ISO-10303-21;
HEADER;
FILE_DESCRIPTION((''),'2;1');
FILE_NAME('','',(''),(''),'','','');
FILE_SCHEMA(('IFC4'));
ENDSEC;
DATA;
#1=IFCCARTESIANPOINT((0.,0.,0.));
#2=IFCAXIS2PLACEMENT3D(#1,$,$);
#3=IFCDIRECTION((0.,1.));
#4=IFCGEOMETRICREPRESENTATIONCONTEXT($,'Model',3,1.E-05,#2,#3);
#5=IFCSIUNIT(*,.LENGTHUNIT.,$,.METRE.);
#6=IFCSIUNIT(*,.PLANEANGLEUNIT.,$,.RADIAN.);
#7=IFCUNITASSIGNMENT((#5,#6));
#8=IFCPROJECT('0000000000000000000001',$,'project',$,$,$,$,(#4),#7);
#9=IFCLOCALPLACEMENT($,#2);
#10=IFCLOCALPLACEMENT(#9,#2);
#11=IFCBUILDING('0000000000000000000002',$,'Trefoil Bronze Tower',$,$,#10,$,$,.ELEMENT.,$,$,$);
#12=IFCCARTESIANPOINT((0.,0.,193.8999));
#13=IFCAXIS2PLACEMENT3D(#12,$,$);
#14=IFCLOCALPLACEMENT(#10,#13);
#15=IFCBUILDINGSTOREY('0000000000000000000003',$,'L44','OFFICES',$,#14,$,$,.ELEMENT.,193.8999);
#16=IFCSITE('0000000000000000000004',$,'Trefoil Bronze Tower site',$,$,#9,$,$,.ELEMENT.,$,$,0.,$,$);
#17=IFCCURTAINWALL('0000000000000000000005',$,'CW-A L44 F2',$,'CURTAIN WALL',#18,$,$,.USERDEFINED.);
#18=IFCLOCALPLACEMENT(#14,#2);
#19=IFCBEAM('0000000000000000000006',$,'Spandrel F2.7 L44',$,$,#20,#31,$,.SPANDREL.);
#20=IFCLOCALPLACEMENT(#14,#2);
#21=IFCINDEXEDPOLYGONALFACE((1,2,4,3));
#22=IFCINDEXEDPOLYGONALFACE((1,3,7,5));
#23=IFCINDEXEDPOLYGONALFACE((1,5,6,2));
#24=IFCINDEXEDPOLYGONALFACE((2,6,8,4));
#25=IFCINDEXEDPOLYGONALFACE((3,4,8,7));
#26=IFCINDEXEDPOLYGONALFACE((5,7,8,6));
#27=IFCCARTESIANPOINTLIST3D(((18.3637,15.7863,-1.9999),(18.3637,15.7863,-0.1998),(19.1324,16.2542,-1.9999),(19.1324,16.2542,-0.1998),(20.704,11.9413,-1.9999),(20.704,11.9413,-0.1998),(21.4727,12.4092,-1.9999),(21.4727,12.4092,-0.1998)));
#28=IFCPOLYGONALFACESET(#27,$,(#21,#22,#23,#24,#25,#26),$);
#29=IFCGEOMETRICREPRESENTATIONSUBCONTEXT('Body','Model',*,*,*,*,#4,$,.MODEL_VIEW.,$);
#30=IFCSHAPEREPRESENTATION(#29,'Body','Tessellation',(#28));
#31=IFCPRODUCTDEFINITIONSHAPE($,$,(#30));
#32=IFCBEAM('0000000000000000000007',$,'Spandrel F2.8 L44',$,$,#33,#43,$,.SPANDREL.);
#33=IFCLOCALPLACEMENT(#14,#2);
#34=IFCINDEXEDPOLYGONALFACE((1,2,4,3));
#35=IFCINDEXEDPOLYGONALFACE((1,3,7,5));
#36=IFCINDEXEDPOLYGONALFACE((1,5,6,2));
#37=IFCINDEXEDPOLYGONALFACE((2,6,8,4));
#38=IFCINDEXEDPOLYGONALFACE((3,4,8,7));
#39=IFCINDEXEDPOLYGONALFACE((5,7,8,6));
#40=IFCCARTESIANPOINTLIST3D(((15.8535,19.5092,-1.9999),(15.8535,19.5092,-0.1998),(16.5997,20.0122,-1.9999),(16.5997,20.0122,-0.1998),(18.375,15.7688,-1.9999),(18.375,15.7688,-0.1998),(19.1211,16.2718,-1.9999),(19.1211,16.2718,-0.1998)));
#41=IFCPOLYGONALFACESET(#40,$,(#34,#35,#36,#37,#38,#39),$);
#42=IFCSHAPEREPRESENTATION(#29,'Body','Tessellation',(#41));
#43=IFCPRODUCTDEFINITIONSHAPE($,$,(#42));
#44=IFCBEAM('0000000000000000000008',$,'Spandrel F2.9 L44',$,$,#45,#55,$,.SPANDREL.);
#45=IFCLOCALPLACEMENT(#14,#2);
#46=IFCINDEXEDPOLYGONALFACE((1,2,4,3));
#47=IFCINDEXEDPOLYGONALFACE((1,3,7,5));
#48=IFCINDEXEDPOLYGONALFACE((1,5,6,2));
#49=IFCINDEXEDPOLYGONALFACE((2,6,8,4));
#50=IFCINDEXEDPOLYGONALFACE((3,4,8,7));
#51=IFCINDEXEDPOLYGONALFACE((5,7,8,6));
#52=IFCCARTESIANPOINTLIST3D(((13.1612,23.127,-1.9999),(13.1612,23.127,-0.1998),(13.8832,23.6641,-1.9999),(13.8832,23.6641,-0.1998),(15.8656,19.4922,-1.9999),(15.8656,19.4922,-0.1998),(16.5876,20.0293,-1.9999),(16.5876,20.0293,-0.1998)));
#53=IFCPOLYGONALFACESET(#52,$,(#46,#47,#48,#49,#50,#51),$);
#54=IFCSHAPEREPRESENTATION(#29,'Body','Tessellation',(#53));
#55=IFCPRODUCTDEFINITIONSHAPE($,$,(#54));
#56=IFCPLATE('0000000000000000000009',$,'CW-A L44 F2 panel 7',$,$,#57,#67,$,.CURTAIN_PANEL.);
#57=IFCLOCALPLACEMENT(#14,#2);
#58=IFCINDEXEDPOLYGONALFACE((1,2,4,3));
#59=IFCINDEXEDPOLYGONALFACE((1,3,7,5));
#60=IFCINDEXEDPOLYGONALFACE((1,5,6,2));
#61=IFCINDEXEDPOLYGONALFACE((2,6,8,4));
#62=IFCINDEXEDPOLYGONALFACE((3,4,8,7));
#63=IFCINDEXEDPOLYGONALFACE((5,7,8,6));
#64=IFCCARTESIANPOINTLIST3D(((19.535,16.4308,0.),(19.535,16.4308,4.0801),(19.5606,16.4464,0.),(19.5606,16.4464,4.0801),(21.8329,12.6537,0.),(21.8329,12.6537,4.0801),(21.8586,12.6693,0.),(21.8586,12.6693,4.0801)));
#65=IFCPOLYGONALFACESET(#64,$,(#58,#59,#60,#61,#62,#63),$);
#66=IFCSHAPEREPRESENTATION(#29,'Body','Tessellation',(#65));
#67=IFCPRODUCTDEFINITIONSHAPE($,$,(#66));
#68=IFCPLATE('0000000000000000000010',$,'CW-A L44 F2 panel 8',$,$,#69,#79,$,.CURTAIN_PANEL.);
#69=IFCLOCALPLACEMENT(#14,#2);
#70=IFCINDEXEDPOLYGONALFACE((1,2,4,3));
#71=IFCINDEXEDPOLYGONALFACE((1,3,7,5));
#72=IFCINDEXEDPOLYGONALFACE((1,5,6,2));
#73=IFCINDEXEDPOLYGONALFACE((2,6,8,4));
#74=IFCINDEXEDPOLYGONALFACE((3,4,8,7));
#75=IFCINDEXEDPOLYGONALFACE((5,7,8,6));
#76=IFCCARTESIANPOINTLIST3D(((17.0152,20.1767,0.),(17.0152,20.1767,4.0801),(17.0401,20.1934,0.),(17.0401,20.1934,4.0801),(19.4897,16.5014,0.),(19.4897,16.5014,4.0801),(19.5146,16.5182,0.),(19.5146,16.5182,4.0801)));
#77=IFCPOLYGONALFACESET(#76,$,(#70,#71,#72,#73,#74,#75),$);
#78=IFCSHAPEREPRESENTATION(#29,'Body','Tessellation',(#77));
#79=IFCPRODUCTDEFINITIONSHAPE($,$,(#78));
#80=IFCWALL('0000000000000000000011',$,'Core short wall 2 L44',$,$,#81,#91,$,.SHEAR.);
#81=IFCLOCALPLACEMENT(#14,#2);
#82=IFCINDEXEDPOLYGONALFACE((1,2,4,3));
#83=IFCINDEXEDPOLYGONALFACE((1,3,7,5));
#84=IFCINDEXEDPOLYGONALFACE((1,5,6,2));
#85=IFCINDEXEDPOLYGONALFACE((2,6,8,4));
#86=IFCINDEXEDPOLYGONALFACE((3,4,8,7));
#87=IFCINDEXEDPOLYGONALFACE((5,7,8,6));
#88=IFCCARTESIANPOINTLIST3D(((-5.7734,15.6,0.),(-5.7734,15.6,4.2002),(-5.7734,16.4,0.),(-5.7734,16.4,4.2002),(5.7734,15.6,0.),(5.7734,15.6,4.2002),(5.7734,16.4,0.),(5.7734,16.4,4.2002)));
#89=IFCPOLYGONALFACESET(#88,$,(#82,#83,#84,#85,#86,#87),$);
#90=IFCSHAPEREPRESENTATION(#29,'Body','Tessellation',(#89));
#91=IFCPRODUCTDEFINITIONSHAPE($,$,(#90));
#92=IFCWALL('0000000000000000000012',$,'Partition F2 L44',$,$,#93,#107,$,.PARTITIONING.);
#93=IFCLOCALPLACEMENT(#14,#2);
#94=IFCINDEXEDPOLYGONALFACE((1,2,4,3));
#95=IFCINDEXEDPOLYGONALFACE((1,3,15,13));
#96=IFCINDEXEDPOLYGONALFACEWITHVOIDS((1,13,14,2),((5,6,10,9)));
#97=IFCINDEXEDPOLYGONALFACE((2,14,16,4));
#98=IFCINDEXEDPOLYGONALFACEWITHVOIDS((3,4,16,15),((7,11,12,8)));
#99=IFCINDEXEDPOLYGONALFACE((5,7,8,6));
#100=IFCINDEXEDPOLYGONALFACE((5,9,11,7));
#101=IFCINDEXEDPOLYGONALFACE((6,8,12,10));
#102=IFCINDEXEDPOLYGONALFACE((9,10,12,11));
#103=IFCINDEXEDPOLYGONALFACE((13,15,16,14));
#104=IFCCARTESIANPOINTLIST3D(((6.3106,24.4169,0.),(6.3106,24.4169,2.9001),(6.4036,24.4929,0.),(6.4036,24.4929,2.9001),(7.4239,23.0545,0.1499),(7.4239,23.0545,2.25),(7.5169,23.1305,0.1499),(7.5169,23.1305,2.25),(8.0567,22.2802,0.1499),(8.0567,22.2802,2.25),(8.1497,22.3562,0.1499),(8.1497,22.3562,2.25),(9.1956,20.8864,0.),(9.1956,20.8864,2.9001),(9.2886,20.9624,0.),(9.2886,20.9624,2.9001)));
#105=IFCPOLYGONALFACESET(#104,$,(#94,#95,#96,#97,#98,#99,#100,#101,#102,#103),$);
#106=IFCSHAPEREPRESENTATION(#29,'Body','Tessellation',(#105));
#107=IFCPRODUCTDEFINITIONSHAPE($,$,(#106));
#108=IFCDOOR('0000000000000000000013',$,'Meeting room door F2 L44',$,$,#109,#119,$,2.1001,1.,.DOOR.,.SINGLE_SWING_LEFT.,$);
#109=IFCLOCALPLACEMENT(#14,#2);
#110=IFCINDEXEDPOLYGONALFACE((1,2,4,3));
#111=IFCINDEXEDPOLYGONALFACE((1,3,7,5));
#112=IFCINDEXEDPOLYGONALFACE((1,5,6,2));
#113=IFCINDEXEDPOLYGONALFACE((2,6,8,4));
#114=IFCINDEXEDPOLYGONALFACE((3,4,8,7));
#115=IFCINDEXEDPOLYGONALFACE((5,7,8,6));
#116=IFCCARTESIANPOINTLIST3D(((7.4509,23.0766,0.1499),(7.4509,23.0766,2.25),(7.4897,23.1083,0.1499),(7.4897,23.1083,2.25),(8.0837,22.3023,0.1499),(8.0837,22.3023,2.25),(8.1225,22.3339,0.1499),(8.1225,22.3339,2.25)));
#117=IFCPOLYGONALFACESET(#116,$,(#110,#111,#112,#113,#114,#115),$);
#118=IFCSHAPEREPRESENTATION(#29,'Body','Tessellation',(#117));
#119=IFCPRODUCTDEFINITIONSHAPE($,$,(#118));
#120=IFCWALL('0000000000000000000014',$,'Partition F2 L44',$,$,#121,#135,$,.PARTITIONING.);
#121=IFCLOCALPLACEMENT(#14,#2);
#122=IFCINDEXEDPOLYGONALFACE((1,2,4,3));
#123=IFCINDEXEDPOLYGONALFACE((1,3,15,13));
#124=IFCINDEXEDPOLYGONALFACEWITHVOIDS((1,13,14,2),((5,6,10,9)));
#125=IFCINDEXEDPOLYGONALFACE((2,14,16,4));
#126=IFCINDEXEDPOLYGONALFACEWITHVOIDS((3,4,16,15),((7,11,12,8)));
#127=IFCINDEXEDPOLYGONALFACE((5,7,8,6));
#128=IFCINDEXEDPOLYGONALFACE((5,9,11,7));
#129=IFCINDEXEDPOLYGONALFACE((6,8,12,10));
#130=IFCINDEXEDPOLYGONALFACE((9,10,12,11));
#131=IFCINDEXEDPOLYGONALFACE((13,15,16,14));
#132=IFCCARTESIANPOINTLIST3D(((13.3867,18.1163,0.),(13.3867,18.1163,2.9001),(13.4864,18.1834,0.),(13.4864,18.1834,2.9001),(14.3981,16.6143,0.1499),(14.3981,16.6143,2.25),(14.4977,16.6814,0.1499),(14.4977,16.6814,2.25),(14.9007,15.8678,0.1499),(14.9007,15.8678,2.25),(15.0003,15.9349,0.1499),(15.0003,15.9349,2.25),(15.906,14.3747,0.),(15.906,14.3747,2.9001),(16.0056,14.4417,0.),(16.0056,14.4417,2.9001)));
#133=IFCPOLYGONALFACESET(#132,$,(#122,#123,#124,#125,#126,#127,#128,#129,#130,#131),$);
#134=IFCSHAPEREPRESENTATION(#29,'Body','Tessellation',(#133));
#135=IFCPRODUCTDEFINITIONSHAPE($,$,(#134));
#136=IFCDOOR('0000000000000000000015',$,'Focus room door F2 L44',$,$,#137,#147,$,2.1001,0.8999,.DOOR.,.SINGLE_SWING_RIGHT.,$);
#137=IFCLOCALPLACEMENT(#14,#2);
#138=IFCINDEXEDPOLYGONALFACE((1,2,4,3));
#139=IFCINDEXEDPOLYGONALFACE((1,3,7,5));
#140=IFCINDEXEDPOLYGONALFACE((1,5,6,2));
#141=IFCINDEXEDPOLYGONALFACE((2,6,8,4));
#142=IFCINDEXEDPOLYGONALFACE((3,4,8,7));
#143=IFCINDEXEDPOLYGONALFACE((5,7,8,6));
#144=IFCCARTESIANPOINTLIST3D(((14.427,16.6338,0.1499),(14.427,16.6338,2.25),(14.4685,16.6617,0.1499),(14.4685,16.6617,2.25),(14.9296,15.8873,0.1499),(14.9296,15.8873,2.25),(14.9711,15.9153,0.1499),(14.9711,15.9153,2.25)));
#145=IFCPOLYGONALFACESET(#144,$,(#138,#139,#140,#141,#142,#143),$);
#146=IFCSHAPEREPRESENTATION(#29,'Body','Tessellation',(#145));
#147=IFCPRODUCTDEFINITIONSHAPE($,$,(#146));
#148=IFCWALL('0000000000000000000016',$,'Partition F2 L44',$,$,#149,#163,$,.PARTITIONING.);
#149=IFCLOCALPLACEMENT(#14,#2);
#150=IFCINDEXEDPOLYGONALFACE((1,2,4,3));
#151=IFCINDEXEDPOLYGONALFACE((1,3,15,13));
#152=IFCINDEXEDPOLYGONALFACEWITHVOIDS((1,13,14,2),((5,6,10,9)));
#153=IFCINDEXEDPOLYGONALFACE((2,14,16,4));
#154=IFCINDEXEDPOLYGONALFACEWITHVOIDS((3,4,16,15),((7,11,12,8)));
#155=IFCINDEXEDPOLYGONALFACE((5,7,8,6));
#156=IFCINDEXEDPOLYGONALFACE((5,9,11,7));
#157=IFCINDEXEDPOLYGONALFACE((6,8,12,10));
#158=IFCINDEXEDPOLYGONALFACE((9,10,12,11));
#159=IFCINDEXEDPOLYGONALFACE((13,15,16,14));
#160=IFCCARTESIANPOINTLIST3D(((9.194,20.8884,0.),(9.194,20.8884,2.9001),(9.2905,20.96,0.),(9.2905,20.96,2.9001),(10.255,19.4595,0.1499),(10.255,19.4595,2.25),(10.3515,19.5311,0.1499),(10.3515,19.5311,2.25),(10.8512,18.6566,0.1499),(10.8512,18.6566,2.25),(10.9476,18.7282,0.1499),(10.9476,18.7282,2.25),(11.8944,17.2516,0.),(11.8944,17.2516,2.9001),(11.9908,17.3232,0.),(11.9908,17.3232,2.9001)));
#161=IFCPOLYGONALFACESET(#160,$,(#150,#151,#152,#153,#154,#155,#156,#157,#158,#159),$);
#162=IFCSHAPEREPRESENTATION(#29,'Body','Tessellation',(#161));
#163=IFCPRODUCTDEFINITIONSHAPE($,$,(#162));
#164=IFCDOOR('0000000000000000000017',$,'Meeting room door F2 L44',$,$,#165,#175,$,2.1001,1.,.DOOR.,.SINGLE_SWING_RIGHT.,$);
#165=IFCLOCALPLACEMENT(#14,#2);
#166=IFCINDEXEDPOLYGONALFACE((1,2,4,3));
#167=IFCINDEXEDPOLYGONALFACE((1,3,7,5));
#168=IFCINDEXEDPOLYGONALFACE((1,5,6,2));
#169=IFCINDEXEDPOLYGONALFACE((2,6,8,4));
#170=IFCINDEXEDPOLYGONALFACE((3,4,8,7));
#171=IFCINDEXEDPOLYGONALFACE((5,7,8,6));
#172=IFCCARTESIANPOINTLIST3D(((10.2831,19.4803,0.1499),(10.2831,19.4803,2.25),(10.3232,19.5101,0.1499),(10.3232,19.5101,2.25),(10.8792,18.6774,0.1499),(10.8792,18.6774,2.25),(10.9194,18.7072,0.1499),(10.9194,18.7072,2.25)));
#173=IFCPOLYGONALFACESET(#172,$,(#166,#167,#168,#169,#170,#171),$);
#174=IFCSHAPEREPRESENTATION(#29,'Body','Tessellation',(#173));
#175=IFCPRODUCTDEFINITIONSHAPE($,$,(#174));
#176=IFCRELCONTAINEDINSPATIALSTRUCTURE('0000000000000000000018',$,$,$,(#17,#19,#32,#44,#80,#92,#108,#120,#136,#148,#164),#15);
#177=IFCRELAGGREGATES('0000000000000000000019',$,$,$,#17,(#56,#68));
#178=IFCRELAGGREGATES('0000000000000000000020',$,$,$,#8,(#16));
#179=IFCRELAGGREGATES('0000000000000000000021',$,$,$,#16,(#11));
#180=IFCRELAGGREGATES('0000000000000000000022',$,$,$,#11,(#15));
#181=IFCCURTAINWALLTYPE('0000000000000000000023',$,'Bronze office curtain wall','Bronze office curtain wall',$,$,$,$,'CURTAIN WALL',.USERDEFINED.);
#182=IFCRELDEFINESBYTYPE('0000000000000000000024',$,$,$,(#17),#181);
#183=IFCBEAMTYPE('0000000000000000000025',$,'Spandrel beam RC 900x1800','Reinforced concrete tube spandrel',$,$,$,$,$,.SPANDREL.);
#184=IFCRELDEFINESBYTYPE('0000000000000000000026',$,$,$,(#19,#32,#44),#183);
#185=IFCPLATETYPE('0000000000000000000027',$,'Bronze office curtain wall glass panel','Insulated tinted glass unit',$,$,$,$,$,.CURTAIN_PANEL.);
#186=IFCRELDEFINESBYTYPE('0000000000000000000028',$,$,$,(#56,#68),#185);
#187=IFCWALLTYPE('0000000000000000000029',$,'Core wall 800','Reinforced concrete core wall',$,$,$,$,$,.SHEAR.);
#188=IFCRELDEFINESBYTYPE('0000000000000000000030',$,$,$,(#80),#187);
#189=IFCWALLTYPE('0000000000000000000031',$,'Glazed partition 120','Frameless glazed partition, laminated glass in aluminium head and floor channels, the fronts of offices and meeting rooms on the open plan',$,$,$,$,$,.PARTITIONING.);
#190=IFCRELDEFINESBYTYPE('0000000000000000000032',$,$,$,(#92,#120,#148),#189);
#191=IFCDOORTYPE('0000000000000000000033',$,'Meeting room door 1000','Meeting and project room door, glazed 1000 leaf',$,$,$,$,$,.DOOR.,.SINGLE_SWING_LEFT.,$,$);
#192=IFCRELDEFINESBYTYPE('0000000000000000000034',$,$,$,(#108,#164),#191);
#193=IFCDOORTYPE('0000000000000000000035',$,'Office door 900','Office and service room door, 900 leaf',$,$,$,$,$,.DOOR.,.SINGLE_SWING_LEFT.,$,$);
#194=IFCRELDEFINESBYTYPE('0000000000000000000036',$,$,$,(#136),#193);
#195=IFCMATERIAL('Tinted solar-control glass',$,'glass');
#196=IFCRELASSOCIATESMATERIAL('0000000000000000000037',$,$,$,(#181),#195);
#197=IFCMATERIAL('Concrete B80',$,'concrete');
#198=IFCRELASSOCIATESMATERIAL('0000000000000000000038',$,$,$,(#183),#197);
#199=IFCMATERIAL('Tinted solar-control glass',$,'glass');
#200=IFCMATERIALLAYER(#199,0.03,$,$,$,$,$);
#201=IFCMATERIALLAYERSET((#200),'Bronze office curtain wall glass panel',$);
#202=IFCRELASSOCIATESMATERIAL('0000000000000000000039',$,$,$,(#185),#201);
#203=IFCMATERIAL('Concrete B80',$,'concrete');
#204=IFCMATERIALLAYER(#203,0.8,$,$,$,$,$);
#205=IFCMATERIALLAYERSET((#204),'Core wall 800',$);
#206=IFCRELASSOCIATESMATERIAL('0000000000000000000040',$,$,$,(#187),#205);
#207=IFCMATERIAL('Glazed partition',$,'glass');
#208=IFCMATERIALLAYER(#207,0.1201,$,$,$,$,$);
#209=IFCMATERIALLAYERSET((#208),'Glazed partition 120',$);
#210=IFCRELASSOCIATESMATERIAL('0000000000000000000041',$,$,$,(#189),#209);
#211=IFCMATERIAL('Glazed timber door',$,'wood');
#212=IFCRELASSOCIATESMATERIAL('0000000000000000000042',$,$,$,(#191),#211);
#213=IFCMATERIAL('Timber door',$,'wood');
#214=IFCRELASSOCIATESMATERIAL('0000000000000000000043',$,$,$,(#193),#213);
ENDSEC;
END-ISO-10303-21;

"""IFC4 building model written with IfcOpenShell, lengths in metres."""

from ifc_helpers import new_model, si_unit, direction, frame, frame_2d, origin, origin_2d, place, context, subcontext, project, spatial, rectangle, extrude, material, layer, layer_set, material_profile, profile_set, type_object, element, fill, aggregate, save


model = new_model("IFC4")

# Units and contexts
model_context = context("Model", 3, precision=1e-05, world=origin(), true_north=direction((0.0, 1.0)))
body_context = subcontext(model_context, "Body", "Model", "MODEL_VIEW")
ifc_project = project(units=[si_unit("LENGTHUNIT", "METRE"), si_unit("PLANEANGLEUNIT", "RADIAN")], contexts=[model_context])

# Site, building, storey
site_placement = place(None, origin())
site = spatial("IfcSite", under=ifc_project, at=site_placement, Name="Trefoil Bronze Tower site", CompositionType="ELEMENT", RefElevation=0.0)
building_placement = place(site_placement, origin())
building = spatial("IfcBuilding", under=site, at=building_placement, Name="Trefoil Bronze Tower", CompositionType="ELEMENT")
storey_placement = place(building_placement, frame((0.0, 0.0, 193.8999)))
storey = spatial("IfcBuildingStorey", under=building, at=storey_placement, Name="L44", Description="OFFICES", CompositionType="ELEMENT", Elevation=193.8999)

# Curtain wall
ifc_material_1 = material(Name="Tinted solar-control glass", Category="glass")
curtain_wall_type = type_object("IfcCurtainWallType", Name="Bronze office curtain wall", Description="Bronze office curtain wall", ElementType="CURTAIN WALL", PredefinedType="USERDEFINED", material=ifc_material_1)
curtain_wall_placement = place(storey_placement, origin())
curtain_wall = element("IfcCurtainWall", 1, at=curtain_wall_placement, inside=storey, type_object=curtain_wall_type, Name="CW-A L44 F2", ObjectType="CURTAIN WALL", PredefinedType="USERDEFINED")

# Beams
ifc_material_2 = material(Name="Concrete B80", Category="concrete")
ifc_material_profile_1 = material_profile(ifc_material_2, rectangle(XDim=0.8999, YDim=1.8, at=origin_2d()), Name="RC 900x1800")
ifc_profile_set_1 = profile_set([ifc_material_profile_1], Name="Concrete B80")
beam_type_1 = type_object("IfcBeamType", Name="Spandrel beam RC 900x1800", Description="Reinforced concrete tube spandrel", PredefinedType="SPANDREL", material=ifc_profile_set_1)
beam_1_placement = place(storey_placement, frame((21.0884, 12.1753, -1.0999), z_axis=(-0.519933, 0.854207, 0.0), x_axis=(-0.854207, -0.519933, 0.0)))
element("IfcBeam", 2, at=beam_1_placement, inside=storey, type_object=beam_type_1, Name="Spandrel F2.7 L44", PredefinedType="SPANDREL", context=body_context, shape_type="SweptSolid", body=[
    extrude(rectangle(XDim=0.8999, YDim=1.8, at=origin_2d()), origin(), (0.0, 0.0, 1.0), 4.5012),
])
beam_2_placement = place(storey_placement, frame((18.748, 16.0203, -1.0999), z_axis=(-0.558964, 0.829192, 0.0), x_axis=(-0.829192, -0.558964, 0.0)))
element("IfcBeam", 3, at=beam_2_placement, inside=storey, type_object=beam_type_1, Name="Spandrel F2.8 L44", PredefinedType="SPANDREL", context=body_context, shape_type="SweptSolid", body=[
    extrude(rectangle(XDim=0.8999, YDim=1.8, at=origin_2d()), origin(), (0.0, 0.0, 1.0), 4.511),
])
beam_3_placement = place(storey_placement, frame((16.2266, 19.7607, -1.0999), z_axis=(-0.596926, 0.802296, 0.0), x_axis=(-0.802296, -0.596926, 0.0)))
element("IfcBeam", 4, at=beam_3_placement, inside=storey, type_object=beam_type_1, Name="Spandrel F2.9 L44", PredefinedType="SPANDREL", context=body_context, shape_type="SweptSolid", body=[
    extrude(rectangle(XDim=0.8999, YDim=1.8, at=origin_2d()), origin(), (0.0, 0.0, 1.0), 4.5305),
])

# Plates
ifc_material_3 = material(Name="Tinted solar-control glass", Category="glass")
ifc_layer_1 = layer(ifc_material_3, 0.03)
ifc_layer_set_1 = layer_set([ifc_layer_1], Name="Bronze office curtain wall glass panel")
plate_type = type_object("IfcPlateType", Name="Bronze office curtain wall glass panel", Description="Insulated tinted glass unit", PredefinedType="CURTAIN_PANEL", material=ifc_layer_set_1)
plate_1_placement = place(storey_placement, frame((20.6968, 14.55, 0.0), z_axis=(0.0, 0.0, 1.0), x_axis=(-0.519762, 0.854311, 0.0)))
plate_1 = element("IfcPlate", 5, at=plate_1_placement, type_object=plate_type, Name="CW-A L44 F2 panel 7", PredefinedType="CURTAIN_PANEL", context=body_context, shape_type="SweptSolid", body=[
    extrude(rectangle(XDim=4.4211, YDim=0.03, at=origin_2d()), origin(), (0.0, 0.0, 1.0), 4.0801),
])
plate_2_placement = place(storey_placement, frame((18.2649, 18.3474, 0.0), z_axis=(0.0, 0.0, 1.0), x_axis=(-0.558493, 0.829509, 0.0)))
plate_2 = element("IfcPlate", 6, at=plate_2_placement, type_object=plate_type, Name="CW-A L44 F2 panel 8", PredefinedType="CURTAIN_PANEL", context=body_context, shape_type="SweptSolid", body=[
    extrude(rectangle(XDim=4.4307, YDim=0.03, at=origin_2d()), origin(), (0.0, 0.0, 1.0), 4.0801),
])
aggregate(curtain_wall, [plate_1, plate_2])

# Wall
ifc_material_4 = material(Name="Concrete B80", Category="concrete")
ifc_layer_2 = layer(ifc_material_4, 0.8)
ifc_layer_set_2 = layer_set([ifc_layer_2], Name="Core wall 800")
wall_type_1 = type_object("IfcWallType", Name="Core wall 800", Description="Reinforced concrete core wall", PredefinedType="SHEAR", material=ifc_layer_set_2)
wall_1_placement = place(storey_placement, frame((5.7734, 16.0, 0.0), z_axis=(0.0, 0.0, 1.0), x_axis=(-1.0, 0.0, 0.0)))
element("IfcWall", 7, at=wall_1_placement, inside=storey, type_object=wall_type_1, Name="Core short wall 2 L44", PredefinedType="SHEAR", context=body_context, shape_type="SweptSolid", body=[
    extrude(rectangle(XDim=11.5469, YDim=0.8, at=frame_2d((5.7734, 0.0))), origin(), (0.0, 0.0, 1.0), 4.2002),
])

# Walls, openings, doors
ifc_material_5 = material(Name="Glazed partition", Category="glass")
ifc_layer_3 = layer(ifc_material_5, 0.1201)
ifc_layer_set_3 = layer_set([ifc_layer_3], Name="Glazed partition 120")
wall_type_2 = type_object("IfcWallType", Name="Glazed partition 120", Description="Frameless glazed partition, laminated glass in aluminium head and floor channels, the fronts of offices and meeting rooms on the open plan", PredefinedType="PARTITIONING", material=ifc_layer_set_3)
wall_2_placement = place(storey_placement, frame((9.2422, 20.9243, 0.0), z_axis=(0.0, 0.0, 1.0), x_axis=(-0.632765, 0.774344, 0.0)))
wall_2 = element("IfcWall", 8, at=wall_2_placement, inside=storey, type_object=wall_type_2, Name="Partition F2 L44", PredefinedType="PARTITIONING", context=body_context, shape_type="SweptSolid", body=[
    extrude(rectangle(XDim=4.5593, YDim=0.1201, at=frame_2d((2.2798, 0.0))), origin(), (0.0, 0.0, 1.0), 2.9001),
])
opening_1_placement = place(wall_2_placement, frame((1.8, 0.0, 0.1499)))
opening_1 = element("IfcOpeningElement", 9, at=opening_1_placement, cuts=wall_2, PredefinedType="OPENING", context=body_context, shape_type="SweptSolid", body=[
    extrude(rectangle(XDim=1.0, YDim=2.1001, at=frame_2d((0.5, 1.05))), frame((0.0, 0.0701, 0.0), z_axis=(0.0, -1.0, 0.0), x_axis=(1.0, 0.0, 0.0)), (0.0, 0.0, 1.0), 0.1401),
])
ifc_material_6 = material(Name="Glazed timber door", Category="wood")
door_type_1 = type_object("IfcDoorType", Name="Meeting room door 1000", Description="Meeting and project room door, glazed 1000 leaf", OperationType="SINGLE_SWING_LEFT", PredefinedType="DOOR", material=ifc_material_6)
door_1_placement = place(opening_1_placement, frame((1.0, 0.0, 0.0), z_axis=(0.0, 0.0, 1.0), x_axis=(-1.0, 0.0, 0.0)))
door_1 = element("IfcDoor", 10, at=door_1_placement, inside=storey, type_object=door_type_1, Name="Meeting room door F2 L44", OperationType="SINGLE_SWING_LEFT", OverallHeight=2.1001, OverallWidth=1.0, PredefinedType="DOOR", context=body_context, shape_type="SweptSolid", body=[
    extrude(rectangle(XDim=1.0, YDim=2.1001, at=frame_2d((0.5, 1.05))), frame((0.0, 0.0249, 0.0), z_axis=(0.0, -1.0, 0.0), x_axis=(1.0, 0.0, 0.0)), (0.0, 0.0, 1.0), 0.05),
])
fill(opening_1, door_1)
wall_3_placement = place(storey_placement, frame((15.9558, 14.4082, 0.0), z_axis=(0.0, 0.0, 1.0), x_axis=(-0.558504, 0.829502, 0.0)))
wall_3 = element("IfcWall", 11, at=wall_3_placement, inside=storey, type_object=wall_type_2, Name="Partition F2 L44", PredefinedType="PARTITIONING", context=body_context, shape_type="SweptSolid", body=[
    extrude(rectangle(XDim=4.5107, YDim=0.1201, at=frame_2d((2.2554, 0.0))), origin(), (0.0, 0.0, 1.0), 2.9001),
])
opening_2_placement = place(wall_3_placement, frame((1.8, 0.0, 0.1499)))
opening_2 = element("IfcOpeningElement", 12, at=opening_2_placement, cuts=wall_3, PredefinedType="OPENING", context=body_context, shape_type="SweptSolid", body=[
    extrude(rectangle(XDim=0.8999, YDim=2.1001, at=frame_2d((0.45, 1.05))), frame((0.0, 0.0701, 0.0), z_axis=(0.0, -1.0, 0.0), x_axis=(1.0, 0.0, 0.0)), (0.0, 0.0, 1.0), 0.1401),
])
ifc_material_7 = material(Name="Timber door", Category="wood")
door_type_2 = type_object("IfcDoorType", Name="Office door 900", Description="Office and service room door, 900 leaf", OperationType="SINGLE_SWING_LEFT", PredefinedType="DOOR", material=ifc_material_7)
door_2_placement = place(opening_2_placement, frame((0.8999, 0.0, 0.0), z_axis=(0.0, 0.0, 1.0), x_axis=(-1.0, 0.0, 0.0)))
door_2 = element("IfcDoor", 13, at=door_2_placement, inside=storey, type_object=door_type_2, Name="Focus room door F2 L44", OperationType="SINGLE_SWING_RIGHT", OverallHeight=2.1001, OverallWidth=0.8999, PredefinedType="DOOR", context=body_context, shape_type="SweptSolid", body=[
    extrude(rectangle(XDim=0.8999, YDim=2.1001, at=frame_2d((0.45, 1.05))), frame((0.0, 0.0249, 0.0), z_axis=(0.0, -1.0, 0.0), x_axis=(1.0, 0.0, 0.0)), (0.0, 0.0, 1.0), 0.05),
])
fill(opening_2, door_2)
wall_4_placement = place(storey_placement, frame((11.9426, 17.2874, 0.0), z_axis=(0.0, 0.0, 1.0), x_axis=(-0.596138, 0.802882, 0.0)))
wall_4 = element("IfcWall", 14, at=wall_4_placement, inside=storey, type_object=wall_type_2, Name="Partition F2 L44", PredefinedType="PARTITIONING", context=body_context, shape_type="SweptSolid", body=[
    extrude(rectangle(XDim=4.5298, YDim=0.1201, at=frame_2d((2.2649, 0.0))), origin(), (0.0, 0.0, 1.0), 2.9001),
])
opening_3_placement = place(wall_4_placement, frame((1.75, 0.0, 0.1499)))
opening_3 = element("IfcOpeningElement", 15, at=opening_3_placement, cuts=wall_4, PredefinedType="OPENING", context=body_context, shape_type="SweptSolid", body=[
    extrude(rectangle(XDim=1.0, YDim=2.1001, at=frame_2d((0.5, 1.05))), frame((0.0, 0.0701, 0.0), z_axis=(0.0, -1.0, 0.0), x_axis=(1.0, 0.0, 0.0)), (0.0, 0.0, 1.0), 0.1401),
])
door_3_placement = place(opening_3_placement, frame((1.0, 0.0, 0.0), z_axis=(0.0, 0.0, 1.0), x_axis=(-1.0, 0.0, 0.0)))
door_3 = element("IfcDoor", 16, at=door_3_placement, inside=storey, type_object=door_type_1, Name="Meeting room door F2 L44", OperationType="SINGLE_SWING_RIGHT", OverallHeight=2.1001, OverallWidth=1.0, PredefinedType="DOOR", context=body_context, shape_type="SweptSolid", body=[
    extrude(rectangle(XDim=1.0, YDim=2.1001, at=frame_2d((0.5, 1.05))), frame((0.0, 0.0249, 0.0), z_axis=(0.0, -1.0, 0.0), x_axis=(1.0, 0.0, 0.0)), (0.0, 0.0, 1.0), 0.05),
])
fill(opening_3, door_3)

save(model, "model.ifc")
